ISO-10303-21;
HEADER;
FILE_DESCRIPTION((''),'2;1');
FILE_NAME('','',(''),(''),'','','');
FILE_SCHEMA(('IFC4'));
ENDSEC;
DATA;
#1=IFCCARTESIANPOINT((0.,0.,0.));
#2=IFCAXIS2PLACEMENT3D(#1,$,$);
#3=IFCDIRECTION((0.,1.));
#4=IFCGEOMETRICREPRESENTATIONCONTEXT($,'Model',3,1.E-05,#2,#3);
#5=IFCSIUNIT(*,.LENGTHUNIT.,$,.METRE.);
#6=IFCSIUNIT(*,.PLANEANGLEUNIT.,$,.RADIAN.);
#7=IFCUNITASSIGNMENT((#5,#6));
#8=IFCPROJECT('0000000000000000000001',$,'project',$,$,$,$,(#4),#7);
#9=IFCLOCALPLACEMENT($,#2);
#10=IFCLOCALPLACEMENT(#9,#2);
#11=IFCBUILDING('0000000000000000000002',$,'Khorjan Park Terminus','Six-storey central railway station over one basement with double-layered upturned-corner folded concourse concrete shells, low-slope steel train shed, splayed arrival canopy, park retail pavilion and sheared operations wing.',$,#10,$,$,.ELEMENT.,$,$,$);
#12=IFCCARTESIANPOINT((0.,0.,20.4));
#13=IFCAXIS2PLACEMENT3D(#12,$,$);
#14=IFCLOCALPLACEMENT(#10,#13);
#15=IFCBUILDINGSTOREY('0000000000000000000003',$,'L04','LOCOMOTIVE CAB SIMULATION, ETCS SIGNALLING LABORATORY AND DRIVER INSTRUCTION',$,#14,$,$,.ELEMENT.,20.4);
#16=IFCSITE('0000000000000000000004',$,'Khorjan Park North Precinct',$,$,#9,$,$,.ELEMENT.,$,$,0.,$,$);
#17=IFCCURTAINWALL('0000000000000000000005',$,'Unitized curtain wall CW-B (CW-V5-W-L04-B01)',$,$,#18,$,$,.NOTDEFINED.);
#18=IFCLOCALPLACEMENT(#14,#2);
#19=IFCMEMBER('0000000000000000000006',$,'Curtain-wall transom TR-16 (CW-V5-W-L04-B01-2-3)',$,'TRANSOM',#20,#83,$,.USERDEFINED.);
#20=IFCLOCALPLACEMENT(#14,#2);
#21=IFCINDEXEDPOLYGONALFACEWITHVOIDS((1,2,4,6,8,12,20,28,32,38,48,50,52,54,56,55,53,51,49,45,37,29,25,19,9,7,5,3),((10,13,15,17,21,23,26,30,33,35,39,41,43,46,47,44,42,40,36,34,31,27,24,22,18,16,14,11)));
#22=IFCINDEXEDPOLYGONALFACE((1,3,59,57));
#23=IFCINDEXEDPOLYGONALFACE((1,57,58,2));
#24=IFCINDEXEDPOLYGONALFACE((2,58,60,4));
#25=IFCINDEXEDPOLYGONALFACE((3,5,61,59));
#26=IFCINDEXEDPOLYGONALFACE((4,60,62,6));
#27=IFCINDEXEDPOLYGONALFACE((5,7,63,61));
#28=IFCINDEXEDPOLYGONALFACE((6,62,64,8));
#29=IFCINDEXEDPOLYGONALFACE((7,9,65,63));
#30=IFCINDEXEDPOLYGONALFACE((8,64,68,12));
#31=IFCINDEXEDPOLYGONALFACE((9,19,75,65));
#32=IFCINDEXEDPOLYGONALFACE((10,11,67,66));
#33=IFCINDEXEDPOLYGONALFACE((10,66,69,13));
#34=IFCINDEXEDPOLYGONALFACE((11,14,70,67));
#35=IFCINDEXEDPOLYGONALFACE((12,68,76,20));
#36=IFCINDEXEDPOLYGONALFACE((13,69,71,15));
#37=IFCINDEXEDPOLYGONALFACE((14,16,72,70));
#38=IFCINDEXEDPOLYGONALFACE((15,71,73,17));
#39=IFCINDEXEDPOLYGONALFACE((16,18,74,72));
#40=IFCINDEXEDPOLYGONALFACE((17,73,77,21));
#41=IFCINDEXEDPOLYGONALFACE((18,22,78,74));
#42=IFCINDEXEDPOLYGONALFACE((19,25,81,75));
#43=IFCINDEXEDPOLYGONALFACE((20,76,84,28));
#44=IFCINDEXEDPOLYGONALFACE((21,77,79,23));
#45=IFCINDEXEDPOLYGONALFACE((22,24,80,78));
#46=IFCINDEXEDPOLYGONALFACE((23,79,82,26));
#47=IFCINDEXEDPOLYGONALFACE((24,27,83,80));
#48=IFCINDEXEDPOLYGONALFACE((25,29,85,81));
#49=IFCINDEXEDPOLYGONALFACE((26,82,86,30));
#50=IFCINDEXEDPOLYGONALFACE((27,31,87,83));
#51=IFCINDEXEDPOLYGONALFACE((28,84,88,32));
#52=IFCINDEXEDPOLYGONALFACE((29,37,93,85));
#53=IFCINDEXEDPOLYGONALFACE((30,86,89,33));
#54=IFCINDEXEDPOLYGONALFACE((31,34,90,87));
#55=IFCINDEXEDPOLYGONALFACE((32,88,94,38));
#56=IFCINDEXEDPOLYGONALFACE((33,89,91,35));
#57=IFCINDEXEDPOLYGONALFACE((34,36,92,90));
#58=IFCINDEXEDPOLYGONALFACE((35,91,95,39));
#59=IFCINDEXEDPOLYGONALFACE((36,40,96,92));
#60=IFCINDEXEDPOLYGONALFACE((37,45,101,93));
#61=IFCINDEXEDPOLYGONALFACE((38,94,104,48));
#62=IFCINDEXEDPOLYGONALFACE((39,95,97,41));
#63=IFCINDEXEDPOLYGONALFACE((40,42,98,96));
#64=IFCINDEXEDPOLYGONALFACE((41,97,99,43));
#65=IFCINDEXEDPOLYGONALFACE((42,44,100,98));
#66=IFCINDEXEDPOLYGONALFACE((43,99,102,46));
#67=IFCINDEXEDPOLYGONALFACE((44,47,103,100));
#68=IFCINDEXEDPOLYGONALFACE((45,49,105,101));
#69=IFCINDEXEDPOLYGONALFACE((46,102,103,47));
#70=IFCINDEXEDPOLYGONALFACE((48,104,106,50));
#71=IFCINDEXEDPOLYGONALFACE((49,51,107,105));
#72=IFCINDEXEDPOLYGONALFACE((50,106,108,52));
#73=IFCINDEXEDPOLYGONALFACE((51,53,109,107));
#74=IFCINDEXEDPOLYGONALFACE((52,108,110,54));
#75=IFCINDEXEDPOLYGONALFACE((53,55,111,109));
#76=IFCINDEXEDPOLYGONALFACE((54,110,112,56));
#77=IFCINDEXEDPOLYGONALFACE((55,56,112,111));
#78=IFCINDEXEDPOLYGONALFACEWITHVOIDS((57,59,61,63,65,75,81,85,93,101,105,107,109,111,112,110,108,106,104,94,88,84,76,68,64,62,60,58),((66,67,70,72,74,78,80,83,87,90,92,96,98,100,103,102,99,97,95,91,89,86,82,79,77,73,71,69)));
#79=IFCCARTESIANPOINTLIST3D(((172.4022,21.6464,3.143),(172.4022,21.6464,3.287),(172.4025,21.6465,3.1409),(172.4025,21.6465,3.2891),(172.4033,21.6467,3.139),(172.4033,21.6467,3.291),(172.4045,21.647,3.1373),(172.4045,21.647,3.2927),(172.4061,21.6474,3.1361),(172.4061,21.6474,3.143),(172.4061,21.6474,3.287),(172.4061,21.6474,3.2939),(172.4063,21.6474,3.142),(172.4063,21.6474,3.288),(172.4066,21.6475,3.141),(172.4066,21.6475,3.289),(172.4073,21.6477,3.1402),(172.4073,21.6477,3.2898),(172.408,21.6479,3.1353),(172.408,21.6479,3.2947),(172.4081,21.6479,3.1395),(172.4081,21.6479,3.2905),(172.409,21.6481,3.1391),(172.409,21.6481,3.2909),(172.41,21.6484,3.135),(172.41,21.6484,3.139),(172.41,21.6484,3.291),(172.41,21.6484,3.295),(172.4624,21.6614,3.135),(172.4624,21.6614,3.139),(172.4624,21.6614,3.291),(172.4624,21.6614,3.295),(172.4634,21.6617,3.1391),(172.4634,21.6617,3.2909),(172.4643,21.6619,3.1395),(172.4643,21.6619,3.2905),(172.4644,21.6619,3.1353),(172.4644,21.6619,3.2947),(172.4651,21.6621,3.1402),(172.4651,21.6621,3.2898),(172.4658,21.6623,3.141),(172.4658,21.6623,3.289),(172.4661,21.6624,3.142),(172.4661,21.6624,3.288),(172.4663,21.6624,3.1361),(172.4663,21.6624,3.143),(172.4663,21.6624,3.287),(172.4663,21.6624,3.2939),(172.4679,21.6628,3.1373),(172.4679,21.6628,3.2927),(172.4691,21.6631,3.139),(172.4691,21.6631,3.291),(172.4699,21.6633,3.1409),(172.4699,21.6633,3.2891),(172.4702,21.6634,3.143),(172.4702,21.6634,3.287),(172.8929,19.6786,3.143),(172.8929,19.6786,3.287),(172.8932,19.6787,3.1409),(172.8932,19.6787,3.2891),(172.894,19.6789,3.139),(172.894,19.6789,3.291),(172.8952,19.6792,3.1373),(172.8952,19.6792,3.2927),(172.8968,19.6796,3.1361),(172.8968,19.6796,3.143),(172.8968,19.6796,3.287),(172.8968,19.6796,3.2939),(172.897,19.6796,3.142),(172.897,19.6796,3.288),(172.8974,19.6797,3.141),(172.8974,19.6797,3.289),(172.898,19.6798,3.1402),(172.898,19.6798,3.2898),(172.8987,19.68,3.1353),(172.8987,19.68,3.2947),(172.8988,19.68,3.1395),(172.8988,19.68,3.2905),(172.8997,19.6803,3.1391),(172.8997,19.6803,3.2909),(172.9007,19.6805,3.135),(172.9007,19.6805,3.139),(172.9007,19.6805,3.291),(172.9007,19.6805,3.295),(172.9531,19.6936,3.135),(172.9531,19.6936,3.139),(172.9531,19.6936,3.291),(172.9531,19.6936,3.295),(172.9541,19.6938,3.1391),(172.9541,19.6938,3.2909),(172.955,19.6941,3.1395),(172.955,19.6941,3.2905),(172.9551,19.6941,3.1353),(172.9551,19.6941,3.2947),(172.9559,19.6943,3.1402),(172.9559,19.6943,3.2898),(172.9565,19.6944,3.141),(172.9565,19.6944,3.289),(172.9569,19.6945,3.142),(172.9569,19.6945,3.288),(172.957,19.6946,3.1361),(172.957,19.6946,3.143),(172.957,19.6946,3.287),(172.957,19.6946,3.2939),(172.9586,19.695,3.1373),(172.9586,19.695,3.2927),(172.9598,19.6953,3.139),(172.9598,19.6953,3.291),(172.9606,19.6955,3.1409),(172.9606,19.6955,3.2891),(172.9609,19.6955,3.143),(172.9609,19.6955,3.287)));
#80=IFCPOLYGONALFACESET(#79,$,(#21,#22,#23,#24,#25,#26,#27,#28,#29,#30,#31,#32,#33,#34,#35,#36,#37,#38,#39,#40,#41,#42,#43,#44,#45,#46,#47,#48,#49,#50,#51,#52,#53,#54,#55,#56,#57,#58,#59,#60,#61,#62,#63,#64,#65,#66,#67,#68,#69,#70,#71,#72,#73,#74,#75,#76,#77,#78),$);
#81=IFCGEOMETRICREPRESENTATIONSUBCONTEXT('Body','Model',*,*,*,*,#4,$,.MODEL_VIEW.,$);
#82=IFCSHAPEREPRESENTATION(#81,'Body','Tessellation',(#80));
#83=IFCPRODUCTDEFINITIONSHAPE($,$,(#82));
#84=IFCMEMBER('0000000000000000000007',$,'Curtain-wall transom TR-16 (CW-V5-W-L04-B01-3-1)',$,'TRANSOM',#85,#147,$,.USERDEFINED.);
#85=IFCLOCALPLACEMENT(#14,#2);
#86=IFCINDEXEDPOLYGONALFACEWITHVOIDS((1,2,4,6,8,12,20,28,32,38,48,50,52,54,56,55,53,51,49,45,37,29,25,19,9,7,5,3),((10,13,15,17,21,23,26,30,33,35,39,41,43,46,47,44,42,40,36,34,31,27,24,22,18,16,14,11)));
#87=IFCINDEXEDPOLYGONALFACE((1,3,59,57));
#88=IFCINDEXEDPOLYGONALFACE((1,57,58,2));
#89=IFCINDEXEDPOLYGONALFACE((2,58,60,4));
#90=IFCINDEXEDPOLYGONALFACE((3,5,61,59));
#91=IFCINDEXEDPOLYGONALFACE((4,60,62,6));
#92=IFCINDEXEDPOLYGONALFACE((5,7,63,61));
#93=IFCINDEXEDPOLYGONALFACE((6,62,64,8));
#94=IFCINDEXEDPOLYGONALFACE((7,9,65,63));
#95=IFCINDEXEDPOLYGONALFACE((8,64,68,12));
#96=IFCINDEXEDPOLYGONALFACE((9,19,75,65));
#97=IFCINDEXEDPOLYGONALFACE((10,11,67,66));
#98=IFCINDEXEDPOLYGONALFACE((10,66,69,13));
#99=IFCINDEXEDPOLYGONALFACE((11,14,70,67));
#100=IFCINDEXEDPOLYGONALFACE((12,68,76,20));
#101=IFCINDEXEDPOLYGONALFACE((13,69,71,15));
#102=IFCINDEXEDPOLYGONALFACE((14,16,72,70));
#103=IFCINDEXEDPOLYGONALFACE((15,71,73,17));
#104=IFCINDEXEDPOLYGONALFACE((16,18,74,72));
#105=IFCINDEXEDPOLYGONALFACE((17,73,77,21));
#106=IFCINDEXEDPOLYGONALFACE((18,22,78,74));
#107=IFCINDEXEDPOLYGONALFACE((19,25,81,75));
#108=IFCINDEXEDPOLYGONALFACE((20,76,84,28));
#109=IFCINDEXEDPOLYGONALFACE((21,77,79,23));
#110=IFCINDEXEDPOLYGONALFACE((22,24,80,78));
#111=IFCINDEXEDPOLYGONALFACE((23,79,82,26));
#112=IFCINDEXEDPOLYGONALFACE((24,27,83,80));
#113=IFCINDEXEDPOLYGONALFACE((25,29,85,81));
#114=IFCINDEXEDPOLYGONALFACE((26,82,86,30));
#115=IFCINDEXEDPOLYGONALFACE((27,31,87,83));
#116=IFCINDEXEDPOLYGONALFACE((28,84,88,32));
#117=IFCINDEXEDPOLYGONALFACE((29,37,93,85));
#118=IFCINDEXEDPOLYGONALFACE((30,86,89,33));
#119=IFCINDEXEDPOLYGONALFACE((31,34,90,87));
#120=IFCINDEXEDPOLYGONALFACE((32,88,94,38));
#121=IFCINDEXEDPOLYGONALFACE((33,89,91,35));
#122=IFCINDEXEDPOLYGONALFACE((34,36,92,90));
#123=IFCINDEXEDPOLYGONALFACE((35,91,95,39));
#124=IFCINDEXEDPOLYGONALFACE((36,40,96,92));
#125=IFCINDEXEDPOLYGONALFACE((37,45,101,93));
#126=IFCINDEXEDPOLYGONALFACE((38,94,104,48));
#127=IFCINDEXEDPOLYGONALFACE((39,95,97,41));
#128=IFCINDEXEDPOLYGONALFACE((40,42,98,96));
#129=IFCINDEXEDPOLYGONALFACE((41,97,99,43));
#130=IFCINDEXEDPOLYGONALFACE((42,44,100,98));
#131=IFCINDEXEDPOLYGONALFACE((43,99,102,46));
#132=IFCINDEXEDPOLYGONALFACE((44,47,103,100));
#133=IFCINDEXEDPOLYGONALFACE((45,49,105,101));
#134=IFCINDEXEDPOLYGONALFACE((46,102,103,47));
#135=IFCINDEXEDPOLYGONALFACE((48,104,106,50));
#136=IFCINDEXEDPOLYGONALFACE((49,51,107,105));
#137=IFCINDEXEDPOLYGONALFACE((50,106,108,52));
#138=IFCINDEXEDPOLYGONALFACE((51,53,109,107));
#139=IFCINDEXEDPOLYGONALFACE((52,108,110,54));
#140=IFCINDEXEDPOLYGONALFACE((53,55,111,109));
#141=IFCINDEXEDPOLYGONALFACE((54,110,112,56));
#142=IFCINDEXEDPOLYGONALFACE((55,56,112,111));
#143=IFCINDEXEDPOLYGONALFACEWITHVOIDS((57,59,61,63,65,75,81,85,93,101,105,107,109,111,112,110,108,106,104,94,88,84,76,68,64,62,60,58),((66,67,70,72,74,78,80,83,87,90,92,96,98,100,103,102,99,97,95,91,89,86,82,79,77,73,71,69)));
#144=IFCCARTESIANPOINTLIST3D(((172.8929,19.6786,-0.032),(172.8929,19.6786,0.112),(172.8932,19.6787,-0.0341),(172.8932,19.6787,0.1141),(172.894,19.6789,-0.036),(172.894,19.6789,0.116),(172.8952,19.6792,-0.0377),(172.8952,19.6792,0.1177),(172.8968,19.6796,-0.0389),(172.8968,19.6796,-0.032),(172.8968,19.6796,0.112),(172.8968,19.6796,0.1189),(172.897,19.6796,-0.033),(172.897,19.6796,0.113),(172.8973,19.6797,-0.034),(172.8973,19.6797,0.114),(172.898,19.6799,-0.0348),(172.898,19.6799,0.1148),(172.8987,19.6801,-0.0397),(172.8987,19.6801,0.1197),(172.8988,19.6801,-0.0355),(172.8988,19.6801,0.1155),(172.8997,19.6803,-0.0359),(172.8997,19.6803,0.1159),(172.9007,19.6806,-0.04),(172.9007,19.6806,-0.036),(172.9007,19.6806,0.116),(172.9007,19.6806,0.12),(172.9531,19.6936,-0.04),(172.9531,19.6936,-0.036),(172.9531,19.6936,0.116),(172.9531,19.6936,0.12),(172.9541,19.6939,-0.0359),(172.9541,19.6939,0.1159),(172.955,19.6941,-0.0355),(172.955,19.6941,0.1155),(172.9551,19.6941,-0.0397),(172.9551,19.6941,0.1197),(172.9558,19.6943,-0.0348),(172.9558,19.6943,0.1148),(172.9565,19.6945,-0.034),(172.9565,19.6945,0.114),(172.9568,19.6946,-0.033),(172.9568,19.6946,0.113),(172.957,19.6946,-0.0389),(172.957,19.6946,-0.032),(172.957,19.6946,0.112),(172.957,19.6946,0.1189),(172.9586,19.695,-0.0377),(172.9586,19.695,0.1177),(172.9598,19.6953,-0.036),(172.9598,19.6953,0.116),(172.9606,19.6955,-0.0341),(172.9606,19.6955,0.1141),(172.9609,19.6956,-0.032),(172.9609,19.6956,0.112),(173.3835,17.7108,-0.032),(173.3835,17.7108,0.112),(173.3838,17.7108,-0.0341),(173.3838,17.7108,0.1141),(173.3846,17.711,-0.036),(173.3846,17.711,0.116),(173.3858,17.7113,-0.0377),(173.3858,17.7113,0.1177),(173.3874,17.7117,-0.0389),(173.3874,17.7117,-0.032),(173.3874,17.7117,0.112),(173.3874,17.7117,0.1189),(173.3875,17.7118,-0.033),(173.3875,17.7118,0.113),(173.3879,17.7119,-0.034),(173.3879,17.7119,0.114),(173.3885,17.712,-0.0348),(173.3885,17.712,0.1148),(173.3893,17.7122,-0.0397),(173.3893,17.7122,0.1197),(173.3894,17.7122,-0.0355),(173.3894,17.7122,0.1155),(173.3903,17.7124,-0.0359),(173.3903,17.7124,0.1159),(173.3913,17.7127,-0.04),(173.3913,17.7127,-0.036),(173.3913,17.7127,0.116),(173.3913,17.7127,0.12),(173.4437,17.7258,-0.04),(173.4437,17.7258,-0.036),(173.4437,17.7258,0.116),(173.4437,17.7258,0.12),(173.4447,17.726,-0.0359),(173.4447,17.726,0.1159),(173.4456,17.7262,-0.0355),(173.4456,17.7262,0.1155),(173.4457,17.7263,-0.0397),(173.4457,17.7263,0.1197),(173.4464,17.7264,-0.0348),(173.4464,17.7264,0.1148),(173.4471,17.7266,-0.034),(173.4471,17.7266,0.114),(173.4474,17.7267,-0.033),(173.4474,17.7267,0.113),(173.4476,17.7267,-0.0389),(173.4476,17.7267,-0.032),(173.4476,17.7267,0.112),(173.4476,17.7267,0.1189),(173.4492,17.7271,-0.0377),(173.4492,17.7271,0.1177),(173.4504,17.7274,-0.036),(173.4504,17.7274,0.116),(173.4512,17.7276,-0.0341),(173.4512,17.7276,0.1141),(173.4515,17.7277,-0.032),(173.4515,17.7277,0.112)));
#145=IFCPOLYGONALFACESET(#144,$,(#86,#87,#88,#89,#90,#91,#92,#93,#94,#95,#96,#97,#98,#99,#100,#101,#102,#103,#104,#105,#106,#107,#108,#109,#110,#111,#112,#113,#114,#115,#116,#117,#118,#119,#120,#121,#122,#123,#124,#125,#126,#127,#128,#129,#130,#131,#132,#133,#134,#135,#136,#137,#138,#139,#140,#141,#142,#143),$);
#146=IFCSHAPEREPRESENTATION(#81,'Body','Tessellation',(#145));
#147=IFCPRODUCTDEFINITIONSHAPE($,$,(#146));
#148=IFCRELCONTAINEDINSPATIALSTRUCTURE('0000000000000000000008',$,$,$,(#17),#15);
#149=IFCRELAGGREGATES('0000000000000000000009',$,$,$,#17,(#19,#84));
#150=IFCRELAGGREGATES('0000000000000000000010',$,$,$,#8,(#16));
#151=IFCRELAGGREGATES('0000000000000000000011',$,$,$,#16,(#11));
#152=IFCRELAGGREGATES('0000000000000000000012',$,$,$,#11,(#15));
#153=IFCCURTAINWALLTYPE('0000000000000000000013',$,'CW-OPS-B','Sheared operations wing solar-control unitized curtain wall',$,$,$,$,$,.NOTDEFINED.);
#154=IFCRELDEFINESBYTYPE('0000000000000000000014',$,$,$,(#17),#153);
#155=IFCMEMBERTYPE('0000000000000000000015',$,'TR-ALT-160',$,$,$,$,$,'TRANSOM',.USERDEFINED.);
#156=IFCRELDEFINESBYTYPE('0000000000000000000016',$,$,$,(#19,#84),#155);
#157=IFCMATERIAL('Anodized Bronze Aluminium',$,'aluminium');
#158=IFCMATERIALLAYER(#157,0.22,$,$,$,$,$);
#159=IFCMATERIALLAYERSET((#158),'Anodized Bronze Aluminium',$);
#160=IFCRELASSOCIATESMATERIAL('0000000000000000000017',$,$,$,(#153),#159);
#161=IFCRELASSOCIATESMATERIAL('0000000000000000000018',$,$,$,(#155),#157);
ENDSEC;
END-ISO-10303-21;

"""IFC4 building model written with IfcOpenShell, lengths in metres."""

from ifc_helpers import new_model, si_unit, direction, frame, origin, origin_2d, place, context, subcontext, project, spatial, hollow_rectangle, extrude, material, layer, layer_set, material_profile, profile_set, type_object, element, aggregate, save


model = new_model("IFC4")

# Units and contexts
model_context = context("Model", 3, precision=1e-05, world=origin(), true_north=direction((0.0, 1.0)))
body_context = subcontext(model_context, "Body", "Model", "MODEL_VIEW")
ifc_project = project(units=[si_unit("LENGTHUNIT", "METRE"), si_unit("PLANEANGLEUNIT", "RADIAN")], contexts=[model_context])

# Site, building, storey
site_placement = place(None, origin())
site = spatial("IfcSite", under=ifc_project, at=site_placement, Name="Khorjan Park North Precinct", CompositionType="ELEMENT", RefElevation=0.0)
building_placement = place(site_placement, origin())
building = spatial("IfcBuilding", under=site, at=building_placement, Name="Khorjan Park Terminus", Description="Six-storey central railway station over one basement with double-layered upturned-corner folded concourse concrete shells, low-slope steel train shed, splayed arrival canopy, park retail pavilion and sheared operations wing.", CompositionType="ELEMENT")
storey_placement = place(building_placement, frame((0.0, 0.0, 20.4)))
storey = spatial("IfcBuildingStorey", under=building, at=storey_placement, Name="L04", Description="LOCOMOTIVE CAB SIMULATION, ETCS SIGNALLING LABORATORY AND DRIVER INSTRUCTION", CompositionType="ELEMENT", Elevation=20.4)

# Shared definitions
ifc_material_1 = material(Name="Anodized Bronze Aluminium", Category="aluminium")
ifc_layer_1 = layer(ifc_material_1, 0.22)
ifc_layer_set_1 = layer_set([ifc_layer_1], Name="Anodized Bronze Aluminium")
curtain_wall_type = type_object("IfcCurtainWallType", Name="CW-OPS-B", Description="Sheared operations wing solar-control unitized curtain wall", PredefinedType="NOTDEFINED", material=ifc_layer_set_1)

# Curtain wall, members
curtain_wall_1_placement = place(storey_placement, origin())
curtain_wall_1 = element("IfcCurtainWall", 1, at=curtain_wall_1_placement, inside=storey, type_object=curtain_wall_type, Name="Unitized curtain wall CW-B (CW-V5-W-L04-B01)", PredefinedType="NOTDEFINED")
ifc_material_profile_1 = material_profile(ifc_material_1, hollow_rectangle(XDim=0.07, YDim=0.16, WallThickness=0.004, InnerFilletRadius=0.004, OuterFilletRadius=0.008, at=origin_2d()), Name="ALT 70x160x4")
ifc_profile_set_1 = profile_set([ifc_material_profile_1], Name="Anodized Bronze Aluminium")
member_type_1 = type_object("IfcMemberType", Name="TR-ALT-160", ElementType="TRANSOM", PredefinedType="USERDEFINED", material=ifc_profile_set_1)
member_1_placement = place(storey_placement, frame((172.4362, 21.6549, 3.215), z_axis=(0.241955, -0.970287, 0.0), x_axis=(0.970287, 0.241955, 0.0)))
member_1 = element("IfcMember", 2, at=member_1_placement, type_object=member_type_1, Name="Curtain-wall transom TR-16 (CW-V5-W-L04-B01-2-3)", ObjectType="TRANSOM", PredefinedType="USERDEFINED", context=body_context, shape_type="SweptSolid", body=[
    extrude(hollow_rectangle(XDim=0.07, YDim=0.16, WallThickness=0.004, InnerFilletRadius=0.004, OuterFilletRadius=0.008, at=origin_2d()), origin(), (0.0, 0.0, 1.0), 2.0281),
])
member_2_placement = place(storey_placement, frame((172.9269, 19.6871, 0.04), z_axis=(0.241897, -0.970302, 0.0), x_axis=(0.970302, 0.241897, 0.0)))
member_2 = element("IfcMember", 3, at=member_2_placement, type_object=member_type_1, Name="Curtain-wall transom TR-16 (CW-V5-W-L04-B01-3-1)", ObjectType="TRANSOM", PredefinedType="USERDEFINED", context=body_context, shape_type="SweptSolid", body=[
    extrude(hollow_rectangle(XDim=0.07, YDim=0.16, WallThickness=0.004, InnerFilletRadius=0.004, OuterFilletRadius=0.008, at=origin_2d()), origin(), (0.0, 0.0, 1.0), 2.0281),
])

aggregate(curtain_wall_1, [member_1, member_2])

save(model, "model.ifc")
